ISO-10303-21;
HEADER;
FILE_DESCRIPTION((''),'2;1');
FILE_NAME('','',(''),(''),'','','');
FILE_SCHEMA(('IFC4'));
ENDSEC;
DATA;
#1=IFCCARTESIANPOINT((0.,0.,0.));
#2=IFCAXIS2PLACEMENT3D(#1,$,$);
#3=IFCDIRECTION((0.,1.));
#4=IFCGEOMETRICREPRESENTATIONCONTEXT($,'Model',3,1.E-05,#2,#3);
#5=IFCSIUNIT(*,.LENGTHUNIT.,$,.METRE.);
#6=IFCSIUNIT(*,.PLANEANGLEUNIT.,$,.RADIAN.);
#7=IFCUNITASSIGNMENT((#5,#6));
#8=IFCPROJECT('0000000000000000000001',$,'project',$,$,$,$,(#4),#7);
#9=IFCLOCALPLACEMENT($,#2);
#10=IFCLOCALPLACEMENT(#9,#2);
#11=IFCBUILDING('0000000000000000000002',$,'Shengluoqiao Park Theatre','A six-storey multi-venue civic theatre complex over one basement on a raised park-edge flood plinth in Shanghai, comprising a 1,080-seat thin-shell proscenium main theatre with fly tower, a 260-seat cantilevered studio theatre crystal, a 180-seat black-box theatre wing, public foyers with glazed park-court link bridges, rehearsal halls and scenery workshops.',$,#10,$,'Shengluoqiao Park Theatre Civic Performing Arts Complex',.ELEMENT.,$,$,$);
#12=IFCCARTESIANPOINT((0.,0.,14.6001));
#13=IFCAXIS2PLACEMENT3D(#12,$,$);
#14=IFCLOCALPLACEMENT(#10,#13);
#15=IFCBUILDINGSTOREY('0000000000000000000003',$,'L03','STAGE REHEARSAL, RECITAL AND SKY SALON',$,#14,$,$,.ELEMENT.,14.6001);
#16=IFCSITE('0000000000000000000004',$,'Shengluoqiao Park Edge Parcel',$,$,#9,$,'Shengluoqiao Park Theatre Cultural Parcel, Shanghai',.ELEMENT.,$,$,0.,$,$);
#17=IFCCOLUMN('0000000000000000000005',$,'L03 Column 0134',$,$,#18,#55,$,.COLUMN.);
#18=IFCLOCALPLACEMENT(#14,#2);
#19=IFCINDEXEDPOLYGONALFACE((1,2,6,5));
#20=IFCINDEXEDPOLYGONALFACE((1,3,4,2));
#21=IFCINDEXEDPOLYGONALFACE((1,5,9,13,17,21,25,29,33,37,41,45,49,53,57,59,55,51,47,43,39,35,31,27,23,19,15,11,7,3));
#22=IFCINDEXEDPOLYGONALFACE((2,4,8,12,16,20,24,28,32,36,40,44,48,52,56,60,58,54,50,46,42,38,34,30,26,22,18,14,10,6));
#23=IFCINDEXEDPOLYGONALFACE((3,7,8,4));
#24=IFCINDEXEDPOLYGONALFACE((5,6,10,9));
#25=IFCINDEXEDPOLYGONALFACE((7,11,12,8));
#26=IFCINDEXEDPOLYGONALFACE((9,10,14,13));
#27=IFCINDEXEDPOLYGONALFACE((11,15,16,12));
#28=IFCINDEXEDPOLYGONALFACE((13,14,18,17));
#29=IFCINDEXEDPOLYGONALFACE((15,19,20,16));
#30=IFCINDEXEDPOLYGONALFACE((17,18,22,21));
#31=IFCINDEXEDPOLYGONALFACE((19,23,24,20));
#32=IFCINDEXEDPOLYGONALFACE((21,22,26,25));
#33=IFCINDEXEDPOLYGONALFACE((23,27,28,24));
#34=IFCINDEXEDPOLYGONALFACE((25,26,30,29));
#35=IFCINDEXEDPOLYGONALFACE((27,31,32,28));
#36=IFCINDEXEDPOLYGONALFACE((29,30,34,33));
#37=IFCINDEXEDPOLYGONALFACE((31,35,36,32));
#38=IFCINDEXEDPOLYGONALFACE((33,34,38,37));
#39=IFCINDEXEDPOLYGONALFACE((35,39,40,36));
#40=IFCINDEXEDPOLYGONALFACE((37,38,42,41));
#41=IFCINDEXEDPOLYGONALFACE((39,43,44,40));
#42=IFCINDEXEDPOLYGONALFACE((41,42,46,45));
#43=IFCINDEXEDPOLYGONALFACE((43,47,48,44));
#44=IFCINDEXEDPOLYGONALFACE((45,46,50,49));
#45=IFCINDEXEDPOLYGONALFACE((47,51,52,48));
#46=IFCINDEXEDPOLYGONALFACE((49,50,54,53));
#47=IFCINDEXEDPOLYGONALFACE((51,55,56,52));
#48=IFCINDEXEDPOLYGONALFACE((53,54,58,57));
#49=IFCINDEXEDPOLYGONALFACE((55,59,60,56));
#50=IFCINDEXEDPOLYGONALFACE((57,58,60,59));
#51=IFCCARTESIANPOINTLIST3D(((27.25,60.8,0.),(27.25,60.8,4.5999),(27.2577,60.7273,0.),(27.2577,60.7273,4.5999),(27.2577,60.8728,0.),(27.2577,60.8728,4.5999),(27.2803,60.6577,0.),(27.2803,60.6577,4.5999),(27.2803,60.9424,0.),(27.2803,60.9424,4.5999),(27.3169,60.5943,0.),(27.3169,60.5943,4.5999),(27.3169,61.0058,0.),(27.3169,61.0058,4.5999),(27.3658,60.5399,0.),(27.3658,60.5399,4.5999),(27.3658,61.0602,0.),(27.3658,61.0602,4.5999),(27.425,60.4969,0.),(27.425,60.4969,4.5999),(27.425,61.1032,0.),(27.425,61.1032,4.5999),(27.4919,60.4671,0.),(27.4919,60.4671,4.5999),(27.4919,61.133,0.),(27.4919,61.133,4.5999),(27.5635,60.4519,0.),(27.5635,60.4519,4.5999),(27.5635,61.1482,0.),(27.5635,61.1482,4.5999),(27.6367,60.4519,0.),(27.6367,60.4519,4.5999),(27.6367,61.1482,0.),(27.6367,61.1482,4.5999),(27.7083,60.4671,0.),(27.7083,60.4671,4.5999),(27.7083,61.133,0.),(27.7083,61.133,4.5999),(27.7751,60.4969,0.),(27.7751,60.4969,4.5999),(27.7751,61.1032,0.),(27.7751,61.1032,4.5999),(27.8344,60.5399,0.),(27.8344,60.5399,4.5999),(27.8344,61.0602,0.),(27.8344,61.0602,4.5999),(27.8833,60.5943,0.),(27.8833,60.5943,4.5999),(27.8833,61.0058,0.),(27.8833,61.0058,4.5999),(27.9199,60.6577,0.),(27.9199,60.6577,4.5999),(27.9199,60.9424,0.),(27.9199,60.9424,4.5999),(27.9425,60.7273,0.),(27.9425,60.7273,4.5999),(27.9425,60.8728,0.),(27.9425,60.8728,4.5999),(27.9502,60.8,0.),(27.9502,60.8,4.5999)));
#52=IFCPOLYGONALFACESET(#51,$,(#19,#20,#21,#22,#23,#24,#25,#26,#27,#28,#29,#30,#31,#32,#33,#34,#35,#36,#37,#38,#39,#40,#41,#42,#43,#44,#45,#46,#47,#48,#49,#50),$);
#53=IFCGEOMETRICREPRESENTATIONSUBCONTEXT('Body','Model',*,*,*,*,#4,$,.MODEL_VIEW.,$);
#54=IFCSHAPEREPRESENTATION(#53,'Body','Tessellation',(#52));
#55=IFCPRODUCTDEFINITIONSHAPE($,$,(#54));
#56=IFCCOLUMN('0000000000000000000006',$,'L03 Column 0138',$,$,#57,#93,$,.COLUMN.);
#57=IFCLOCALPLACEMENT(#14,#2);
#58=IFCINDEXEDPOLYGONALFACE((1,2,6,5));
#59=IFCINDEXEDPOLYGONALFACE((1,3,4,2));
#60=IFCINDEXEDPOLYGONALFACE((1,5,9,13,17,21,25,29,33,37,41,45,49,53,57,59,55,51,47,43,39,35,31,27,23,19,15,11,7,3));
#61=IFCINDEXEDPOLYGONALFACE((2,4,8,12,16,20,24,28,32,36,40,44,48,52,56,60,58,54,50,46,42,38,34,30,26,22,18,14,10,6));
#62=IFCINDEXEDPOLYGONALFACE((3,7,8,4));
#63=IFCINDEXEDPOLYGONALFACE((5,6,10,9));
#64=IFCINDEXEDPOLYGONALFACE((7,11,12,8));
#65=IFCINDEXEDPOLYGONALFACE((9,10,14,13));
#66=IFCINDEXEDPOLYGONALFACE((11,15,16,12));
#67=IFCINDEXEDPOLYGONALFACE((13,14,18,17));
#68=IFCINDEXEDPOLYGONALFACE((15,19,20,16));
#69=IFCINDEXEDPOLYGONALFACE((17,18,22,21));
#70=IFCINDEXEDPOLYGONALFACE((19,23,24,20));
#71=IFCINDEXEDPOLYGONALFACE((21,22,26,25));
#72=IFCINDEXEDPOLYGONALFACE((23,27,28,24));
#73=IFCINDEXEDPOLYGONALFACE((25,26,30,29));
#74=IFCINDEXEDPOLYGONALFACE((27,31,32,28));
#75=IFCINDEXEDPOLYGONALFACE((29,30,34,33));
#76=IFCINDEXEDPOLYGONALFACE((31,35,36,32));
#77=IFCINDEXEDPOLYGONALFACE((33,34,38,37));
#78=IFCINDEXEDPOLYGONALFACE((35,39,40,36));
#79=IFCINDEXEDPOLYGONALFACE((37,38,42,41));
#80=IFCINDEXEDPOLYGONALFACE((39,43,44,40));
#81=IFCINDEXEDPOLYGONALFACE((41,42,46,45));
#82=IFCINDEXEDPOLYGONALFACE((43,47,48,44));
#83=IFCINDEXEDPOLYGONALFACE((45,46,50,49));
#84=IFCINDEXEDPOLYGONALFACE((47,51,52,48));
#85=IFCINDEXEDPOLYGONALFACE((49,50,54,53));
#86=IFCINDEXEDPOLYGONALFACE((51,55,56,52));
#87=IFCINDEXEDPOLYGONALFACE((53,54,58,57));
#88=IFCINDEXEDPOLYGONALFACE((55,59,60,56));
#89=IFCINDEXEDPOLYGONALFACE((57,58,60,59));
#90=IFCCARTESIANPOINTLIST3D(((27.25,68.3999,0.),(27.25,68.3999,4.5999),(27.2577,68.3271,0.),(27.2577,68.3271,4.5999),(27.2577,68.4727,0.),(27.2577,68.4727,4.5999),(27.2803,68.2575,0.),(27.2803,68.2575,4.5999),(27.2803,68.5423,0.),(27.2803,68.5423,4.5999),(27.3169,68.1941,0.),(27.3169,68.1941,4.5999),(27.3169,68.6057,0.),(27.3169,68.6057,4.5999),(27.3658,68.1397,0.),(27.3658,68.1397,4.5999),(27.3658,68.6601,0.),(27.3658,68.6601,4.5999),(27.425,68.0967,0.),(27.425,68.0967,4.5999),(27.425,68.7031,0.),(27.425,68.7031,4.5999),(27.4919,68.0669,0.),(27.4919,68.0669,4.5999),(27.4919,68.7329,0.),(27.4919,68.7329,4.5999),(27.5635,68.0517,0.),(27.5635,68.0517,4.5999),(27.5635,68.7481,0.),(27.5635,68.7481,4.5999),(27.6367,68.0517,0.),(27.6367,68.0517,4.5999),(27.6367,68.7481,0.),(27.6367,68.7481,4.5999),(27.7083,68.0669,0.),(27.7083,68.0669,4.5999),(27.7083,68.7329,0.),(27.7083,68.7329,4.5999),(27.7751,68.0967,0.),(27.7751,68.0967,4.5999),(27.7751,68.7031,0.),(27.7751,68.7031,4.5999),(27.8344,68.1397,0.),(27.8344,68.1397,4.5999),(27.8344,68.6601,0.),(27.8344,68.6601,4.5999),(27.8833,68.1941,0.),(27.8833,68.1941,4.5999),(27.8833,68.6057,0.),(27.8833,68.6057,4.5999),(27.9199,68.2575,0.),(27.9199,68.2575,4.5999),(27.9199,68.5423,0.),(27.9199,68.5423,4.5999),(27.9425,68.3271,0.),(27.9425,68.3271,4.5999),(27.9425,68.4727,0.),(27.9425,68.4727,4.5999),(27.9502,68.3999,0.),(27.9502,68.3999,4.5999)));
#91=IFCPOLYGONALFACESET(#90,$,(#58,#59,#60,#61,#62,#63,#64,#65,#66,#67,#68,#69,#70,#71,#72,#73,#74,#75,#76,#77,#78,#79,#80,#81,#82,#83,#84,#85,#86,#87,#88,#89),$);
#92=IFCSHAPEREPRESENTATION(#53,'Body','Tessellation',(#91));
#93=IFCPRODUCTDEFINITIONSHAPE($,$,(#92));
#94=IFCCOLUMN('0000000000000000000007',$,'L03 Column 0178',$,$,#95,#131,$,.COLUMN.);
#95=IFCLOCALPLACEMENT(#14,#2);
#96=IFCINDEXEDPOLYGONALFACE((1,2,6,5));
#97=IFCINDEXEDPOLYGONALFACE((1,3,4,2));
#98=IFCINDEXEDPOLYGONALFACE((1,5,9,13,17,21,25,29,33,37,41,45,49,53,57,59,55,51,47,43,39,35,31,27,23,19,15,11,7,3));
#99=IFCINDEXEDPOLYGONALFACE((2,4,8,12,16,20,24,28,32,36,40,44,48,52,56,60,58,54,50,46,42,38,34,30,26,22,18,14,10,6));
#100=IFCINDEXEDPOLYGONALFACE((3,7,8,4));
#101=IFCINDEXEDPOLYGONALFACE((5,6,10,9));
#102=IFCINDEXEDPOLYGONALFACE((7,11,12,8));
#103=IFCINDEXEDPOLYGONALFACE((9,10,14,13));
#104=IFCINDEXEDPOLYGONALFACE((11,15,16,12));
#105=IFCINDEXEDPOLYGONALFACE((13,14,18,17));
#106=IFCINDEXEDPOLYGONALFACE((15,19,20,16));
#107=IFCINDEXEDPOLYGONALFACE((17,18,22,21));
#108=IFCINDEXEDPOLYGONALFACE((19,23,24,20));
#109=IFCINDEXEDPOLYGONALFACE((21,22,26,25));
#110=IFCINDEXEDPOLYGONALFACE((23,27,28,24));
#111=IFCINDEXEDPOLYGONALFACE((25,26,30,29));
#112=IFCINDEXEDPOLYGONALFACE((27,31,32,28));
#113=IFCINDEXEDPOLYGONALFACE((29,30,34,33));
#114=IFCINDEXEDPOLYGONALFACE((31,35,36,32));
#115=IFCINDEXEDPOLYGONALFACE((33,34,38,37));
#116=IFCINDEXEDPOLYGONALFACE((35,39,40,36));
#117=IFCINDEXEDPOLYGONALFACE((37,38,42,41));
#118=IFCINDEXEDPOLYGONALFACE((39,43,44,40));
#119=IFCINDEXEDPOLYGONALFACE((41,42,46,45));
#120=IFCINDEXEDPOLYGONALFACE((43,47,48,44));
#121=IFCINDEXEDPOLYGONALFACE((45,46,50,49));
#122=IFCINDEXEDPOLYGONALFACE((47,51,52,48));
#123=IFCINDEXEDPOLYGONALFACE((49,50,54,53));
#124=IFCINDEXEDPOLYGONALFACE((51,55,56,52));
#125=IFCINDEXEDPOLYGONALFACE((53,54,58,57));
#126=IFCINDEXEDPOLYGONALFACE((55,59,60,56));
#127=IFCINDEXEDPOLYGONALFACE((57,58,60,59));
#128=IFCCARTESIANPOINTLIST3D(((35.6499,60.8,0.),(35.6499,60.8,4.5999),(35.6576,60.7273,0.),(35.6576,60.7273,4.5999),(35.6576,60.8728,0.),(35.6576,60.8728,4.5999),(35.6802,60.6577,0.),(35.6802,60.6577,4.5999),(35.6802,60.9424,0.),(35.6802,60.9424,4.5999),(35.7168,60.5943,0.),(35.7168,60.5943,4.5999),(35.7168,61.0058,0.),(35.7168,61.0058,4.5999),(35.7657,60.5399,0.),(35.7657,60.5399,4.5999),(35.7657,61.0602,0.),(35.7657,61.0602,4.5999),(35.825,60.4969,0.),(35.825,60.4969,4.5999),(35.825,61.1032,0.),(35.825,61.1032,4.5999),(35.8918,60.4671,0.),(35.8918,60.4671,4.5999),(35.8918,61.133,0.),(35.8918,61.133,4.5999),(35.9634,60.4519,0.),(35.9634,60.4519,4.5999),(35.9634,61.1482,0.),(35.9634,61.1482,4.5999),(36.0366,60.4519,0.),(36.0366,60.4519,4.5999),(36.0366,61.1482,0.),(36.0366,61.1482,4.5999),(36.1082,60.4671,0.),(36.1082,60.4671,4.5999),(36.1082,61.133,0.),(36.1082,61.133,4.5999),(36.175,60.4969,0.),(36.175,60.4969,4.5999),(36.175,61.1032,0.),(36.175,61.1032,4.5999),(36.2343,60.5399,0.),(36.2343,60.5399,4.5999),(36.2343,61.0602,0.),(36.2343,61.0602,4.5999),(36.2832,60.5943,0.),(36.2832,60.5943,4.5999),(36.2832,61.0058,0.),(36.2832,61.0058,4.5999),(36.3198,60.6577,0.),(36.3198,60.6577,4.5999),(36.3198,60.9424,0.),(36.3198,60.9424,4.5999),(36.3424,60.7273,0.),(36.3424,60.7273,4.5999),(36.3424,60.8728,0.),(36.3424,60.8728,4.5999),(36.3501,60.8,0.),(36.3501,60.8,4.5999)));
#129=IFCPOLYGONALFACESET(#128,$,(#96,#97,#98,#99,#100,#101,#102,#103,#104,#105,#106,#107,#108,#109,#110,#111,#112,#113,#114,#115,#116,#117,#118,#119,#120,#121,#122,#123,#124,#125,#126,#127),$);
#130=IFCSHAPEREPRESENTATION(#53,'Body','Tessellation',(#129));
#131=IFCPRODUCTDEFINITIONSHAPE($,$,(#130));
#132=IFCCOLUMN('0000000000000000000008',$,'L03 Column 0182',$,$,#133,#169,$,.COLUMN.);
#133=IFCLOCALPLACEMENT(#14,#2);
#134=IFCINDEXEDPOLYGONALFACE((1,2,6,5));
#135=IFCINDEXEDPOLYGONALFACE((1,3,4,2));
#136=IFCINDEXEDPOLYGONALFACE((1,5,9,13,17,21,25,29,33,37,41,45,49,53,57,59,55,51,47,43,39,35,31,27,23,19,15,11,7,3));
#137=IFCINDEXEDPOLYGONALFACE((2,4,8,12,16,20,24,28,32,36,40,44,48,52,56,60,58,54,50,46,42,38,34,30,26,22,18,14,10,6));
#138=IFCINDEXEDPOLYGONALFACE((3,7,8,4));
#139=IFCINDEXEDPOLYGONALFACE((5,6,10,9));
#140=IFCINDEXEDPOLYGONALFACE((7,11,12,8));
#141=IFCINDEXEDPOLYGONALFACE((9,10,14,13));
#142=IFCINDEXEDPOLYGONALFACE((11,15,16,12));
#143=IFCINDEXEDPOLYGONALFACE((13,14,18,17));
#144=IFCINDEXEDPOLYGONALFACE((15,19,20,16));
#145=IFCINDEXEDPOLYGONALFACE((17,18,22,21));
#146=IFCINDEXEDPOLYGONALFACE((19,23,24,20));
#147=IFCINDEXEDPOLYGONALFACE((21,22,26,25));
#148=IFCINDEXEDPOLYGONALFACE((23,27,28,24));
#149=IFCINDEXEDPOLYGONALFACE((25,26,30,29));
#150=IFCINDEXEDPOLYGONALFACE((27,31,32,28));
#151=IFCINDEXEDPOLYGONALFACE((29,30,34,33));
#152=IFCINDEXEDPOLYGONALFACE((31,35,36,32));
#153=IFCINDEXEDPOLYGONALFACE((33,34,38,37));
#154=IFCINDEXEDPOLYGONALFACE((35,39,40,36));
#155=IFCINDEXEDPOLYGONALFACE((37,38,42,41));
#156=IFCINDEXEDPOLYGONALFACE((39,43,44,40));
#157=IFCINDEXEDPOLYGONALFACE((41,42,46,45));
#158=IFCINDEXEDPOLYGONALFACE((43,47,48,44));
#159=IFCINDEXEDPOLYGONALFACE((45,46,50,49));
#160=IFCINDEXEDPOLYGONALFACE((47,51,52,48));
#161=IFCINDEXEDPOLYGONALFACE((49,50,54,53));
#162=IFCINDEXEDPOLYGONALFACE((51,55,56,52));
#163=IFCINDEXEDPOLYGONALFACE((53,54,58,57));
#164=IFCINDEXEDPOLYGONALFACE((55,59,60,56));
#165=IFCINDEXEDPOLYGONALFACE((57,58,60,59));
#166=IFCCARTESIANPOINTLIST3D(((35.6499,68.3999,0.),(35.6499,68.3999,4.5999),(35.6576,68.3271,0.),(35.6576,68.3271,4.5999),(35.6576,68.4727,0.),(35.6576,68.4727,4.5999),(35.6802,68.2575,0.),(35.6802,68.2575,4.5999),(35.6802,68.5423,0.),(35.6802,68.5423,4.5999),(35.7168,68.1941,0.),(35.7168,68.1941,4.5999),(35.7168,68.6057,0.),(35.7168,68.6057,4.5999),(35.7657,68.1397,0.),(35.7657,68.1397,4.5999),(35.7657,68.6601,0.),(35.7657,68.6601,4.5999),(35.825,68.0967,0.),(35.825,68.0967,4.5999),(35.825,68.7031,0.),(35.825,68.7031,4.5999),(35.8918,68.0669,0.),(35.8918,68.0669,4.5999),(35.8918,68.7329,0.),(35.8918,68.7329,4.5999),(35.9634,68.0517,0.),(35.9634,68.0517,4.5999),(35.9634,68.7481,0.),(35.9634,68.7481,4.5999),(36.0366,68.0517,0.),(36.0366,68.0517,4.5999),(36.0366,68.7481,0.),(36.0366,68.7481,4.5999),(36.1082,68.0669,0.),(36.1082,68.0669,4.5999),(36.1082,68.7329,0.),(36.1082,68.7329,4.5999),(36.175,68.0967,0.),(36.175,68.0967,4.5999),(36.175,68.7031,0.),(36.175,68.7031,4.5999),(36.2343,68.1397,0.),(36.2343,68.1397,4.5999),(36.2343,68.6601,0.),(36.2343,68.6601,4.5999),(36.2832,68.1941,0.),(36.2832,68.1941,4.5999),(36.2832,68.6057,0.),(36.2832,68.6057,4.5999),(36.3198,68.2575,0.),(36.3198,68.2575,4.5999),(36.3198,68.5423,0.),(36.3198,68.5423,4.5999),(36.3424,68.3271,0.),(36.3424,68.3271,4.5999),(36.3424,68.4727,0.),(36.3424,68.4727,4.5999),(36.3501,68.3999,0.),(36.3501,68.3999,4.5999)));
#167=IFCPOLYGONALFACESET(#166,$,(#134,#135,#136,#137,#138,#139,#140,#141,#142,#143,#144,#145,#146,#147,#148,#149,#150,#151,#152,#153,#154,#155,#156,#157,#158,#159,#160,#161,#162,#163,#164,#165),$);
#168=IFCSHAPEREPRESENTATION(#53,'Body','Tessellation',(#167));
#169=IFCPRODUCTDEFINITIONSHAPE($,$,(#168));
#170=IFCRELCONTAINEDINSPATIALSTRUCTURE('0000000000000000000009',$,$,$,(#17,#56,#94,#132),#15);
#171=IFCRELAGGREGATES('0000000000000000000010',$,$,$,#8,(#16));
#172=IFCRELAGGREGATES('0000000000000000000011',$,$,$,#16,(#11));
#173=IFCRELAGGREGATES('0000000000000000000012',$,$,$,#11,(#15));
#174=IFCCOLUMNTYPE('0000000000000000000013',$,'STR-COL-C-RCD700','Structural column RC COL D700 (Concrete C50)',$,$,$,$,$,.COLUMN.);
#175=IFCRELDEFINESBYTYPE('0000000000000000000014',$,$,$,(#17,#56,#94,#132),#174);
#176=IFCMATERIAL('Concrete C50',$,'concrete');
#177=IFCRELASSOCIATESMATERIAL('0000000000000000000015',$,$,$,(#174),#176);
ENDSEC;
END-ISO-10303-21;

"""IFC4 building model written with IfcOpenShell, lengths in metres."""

from ifc_helpers import new_model, si_unit, direction, frame, origin, origin_2d, place, context, subcontext, project, spatial, circle, extrude, material, material_profile, profile_set, type_object, element, save


model = new_model("IFC4")

# Units and contexts
model_context = context("Model", 3, precision=1e-05, world=origin(), true_north=direction((0.0, 1.0)))
body_context = subcontext(model_context, "Body", "Model", "MODEL_VIEW")
ifc_project = project(units=[si_unit("LENGTHUNIT", "METRE"), si_unit("PLANEANGLEUNIT", "RADIAN")], contexts=[model_context])

# Site, building, storey
site_placement = place(None, origin())
site = spatial("IfcSite", under=ifc_project, at=site_placement, Name="Shengluoqiao Park Edge Parcel", LongName="Shengluoqiao Park Theatre Cultural Parcel, Shanghai", CompositionType="ELEMENT", RefElevation=0.0)
building_placement = place(site_placement, origin())
building = spatial("IfcBuilding", under=site, at=building_placement, Name="Shengluoqiao Park Theatre", Description="A six-storey multi-venue civic theatre complex over one basement on a raised park-edge flood plinth in Shanghai, comprising a 1,080-seat thin-shell proscenium main theatre with fly tower, a 260-seat cantilevered studio theatre crystal, a 180-seat black-box theatre wing, public foyers with glazed park-court link bridges, rehearsal halls and scenery workshops.", LongName="Shengluoqiao Park Theatre Civic Performing Arts Complex", CompositionType="ELEMENT")
storey_placement = place(building_placement, frame((0.0, 0.0, 14.6001)))
storey = spatial("IfcBuildingStorey", under=building, at=storey_placement, Name="L03", Description="STAGE REHEARSAL, RECITAL AND SKY SALON", CompositionType="ELEMENT", Elevation=14.6001)

# Columns
ifc_material_1 = material(Name="Concrete C50", Category="concrete")
ifc_material_profile_1 = material_profile(ifc_material_1, circle(Radius=0.3501, at=origin_2d()), Name="RC COL D700")
ifc_profile_set_1 = profile_set([ifc_material_profile_1], Name="Concrete C50")
column_type = type_object("IfcColumnType", Name="STR-COL-C-RCD700", Description="Structural column RC COL D700 (Concrete C50)", PredefinedType="COLUMN", material=ifc_profile_set_1)
for number, where, z_axis, x_axis, name in (
    (1, (27.6001, 60.8, 0.0), (0.0, 0.0, 1.0), (1.0, 0.0, 0.0), "L03 Column 0134"),
    (2, (27.6001, 68.3999, 0.0), (0.0, 0.0, 1.0), (1.0, 0.0, 0.0), "L03 Column 0138"),
    (3, (36.0, 60.8, 0.0), (0.0, 0.0, 1.0), (1.0, 0.0, 0.0), "L03 Column 0178"),
    (4, (36.0, 68.3999, 0.0), (0.0, 0.0, 1.0), (1.0, 0.0, 0.0), "L03 Column 0182"),
):
    element("IfcColumn", number, at=place(storey_placement, frame(where, z_axis=z_axis, x_axis=x_axis)), inside=storey, type_object=column_type, Name=name, PredefinedType="COLUMN", context=body_context, shape_type="SweptSolid", body=[
        extrude(circle(Radius=0.3501, at=origin_2d()), origin(), (0.0, 0.0, 1.0), 4.5999),
    ])

save(model, "model.ifc")
